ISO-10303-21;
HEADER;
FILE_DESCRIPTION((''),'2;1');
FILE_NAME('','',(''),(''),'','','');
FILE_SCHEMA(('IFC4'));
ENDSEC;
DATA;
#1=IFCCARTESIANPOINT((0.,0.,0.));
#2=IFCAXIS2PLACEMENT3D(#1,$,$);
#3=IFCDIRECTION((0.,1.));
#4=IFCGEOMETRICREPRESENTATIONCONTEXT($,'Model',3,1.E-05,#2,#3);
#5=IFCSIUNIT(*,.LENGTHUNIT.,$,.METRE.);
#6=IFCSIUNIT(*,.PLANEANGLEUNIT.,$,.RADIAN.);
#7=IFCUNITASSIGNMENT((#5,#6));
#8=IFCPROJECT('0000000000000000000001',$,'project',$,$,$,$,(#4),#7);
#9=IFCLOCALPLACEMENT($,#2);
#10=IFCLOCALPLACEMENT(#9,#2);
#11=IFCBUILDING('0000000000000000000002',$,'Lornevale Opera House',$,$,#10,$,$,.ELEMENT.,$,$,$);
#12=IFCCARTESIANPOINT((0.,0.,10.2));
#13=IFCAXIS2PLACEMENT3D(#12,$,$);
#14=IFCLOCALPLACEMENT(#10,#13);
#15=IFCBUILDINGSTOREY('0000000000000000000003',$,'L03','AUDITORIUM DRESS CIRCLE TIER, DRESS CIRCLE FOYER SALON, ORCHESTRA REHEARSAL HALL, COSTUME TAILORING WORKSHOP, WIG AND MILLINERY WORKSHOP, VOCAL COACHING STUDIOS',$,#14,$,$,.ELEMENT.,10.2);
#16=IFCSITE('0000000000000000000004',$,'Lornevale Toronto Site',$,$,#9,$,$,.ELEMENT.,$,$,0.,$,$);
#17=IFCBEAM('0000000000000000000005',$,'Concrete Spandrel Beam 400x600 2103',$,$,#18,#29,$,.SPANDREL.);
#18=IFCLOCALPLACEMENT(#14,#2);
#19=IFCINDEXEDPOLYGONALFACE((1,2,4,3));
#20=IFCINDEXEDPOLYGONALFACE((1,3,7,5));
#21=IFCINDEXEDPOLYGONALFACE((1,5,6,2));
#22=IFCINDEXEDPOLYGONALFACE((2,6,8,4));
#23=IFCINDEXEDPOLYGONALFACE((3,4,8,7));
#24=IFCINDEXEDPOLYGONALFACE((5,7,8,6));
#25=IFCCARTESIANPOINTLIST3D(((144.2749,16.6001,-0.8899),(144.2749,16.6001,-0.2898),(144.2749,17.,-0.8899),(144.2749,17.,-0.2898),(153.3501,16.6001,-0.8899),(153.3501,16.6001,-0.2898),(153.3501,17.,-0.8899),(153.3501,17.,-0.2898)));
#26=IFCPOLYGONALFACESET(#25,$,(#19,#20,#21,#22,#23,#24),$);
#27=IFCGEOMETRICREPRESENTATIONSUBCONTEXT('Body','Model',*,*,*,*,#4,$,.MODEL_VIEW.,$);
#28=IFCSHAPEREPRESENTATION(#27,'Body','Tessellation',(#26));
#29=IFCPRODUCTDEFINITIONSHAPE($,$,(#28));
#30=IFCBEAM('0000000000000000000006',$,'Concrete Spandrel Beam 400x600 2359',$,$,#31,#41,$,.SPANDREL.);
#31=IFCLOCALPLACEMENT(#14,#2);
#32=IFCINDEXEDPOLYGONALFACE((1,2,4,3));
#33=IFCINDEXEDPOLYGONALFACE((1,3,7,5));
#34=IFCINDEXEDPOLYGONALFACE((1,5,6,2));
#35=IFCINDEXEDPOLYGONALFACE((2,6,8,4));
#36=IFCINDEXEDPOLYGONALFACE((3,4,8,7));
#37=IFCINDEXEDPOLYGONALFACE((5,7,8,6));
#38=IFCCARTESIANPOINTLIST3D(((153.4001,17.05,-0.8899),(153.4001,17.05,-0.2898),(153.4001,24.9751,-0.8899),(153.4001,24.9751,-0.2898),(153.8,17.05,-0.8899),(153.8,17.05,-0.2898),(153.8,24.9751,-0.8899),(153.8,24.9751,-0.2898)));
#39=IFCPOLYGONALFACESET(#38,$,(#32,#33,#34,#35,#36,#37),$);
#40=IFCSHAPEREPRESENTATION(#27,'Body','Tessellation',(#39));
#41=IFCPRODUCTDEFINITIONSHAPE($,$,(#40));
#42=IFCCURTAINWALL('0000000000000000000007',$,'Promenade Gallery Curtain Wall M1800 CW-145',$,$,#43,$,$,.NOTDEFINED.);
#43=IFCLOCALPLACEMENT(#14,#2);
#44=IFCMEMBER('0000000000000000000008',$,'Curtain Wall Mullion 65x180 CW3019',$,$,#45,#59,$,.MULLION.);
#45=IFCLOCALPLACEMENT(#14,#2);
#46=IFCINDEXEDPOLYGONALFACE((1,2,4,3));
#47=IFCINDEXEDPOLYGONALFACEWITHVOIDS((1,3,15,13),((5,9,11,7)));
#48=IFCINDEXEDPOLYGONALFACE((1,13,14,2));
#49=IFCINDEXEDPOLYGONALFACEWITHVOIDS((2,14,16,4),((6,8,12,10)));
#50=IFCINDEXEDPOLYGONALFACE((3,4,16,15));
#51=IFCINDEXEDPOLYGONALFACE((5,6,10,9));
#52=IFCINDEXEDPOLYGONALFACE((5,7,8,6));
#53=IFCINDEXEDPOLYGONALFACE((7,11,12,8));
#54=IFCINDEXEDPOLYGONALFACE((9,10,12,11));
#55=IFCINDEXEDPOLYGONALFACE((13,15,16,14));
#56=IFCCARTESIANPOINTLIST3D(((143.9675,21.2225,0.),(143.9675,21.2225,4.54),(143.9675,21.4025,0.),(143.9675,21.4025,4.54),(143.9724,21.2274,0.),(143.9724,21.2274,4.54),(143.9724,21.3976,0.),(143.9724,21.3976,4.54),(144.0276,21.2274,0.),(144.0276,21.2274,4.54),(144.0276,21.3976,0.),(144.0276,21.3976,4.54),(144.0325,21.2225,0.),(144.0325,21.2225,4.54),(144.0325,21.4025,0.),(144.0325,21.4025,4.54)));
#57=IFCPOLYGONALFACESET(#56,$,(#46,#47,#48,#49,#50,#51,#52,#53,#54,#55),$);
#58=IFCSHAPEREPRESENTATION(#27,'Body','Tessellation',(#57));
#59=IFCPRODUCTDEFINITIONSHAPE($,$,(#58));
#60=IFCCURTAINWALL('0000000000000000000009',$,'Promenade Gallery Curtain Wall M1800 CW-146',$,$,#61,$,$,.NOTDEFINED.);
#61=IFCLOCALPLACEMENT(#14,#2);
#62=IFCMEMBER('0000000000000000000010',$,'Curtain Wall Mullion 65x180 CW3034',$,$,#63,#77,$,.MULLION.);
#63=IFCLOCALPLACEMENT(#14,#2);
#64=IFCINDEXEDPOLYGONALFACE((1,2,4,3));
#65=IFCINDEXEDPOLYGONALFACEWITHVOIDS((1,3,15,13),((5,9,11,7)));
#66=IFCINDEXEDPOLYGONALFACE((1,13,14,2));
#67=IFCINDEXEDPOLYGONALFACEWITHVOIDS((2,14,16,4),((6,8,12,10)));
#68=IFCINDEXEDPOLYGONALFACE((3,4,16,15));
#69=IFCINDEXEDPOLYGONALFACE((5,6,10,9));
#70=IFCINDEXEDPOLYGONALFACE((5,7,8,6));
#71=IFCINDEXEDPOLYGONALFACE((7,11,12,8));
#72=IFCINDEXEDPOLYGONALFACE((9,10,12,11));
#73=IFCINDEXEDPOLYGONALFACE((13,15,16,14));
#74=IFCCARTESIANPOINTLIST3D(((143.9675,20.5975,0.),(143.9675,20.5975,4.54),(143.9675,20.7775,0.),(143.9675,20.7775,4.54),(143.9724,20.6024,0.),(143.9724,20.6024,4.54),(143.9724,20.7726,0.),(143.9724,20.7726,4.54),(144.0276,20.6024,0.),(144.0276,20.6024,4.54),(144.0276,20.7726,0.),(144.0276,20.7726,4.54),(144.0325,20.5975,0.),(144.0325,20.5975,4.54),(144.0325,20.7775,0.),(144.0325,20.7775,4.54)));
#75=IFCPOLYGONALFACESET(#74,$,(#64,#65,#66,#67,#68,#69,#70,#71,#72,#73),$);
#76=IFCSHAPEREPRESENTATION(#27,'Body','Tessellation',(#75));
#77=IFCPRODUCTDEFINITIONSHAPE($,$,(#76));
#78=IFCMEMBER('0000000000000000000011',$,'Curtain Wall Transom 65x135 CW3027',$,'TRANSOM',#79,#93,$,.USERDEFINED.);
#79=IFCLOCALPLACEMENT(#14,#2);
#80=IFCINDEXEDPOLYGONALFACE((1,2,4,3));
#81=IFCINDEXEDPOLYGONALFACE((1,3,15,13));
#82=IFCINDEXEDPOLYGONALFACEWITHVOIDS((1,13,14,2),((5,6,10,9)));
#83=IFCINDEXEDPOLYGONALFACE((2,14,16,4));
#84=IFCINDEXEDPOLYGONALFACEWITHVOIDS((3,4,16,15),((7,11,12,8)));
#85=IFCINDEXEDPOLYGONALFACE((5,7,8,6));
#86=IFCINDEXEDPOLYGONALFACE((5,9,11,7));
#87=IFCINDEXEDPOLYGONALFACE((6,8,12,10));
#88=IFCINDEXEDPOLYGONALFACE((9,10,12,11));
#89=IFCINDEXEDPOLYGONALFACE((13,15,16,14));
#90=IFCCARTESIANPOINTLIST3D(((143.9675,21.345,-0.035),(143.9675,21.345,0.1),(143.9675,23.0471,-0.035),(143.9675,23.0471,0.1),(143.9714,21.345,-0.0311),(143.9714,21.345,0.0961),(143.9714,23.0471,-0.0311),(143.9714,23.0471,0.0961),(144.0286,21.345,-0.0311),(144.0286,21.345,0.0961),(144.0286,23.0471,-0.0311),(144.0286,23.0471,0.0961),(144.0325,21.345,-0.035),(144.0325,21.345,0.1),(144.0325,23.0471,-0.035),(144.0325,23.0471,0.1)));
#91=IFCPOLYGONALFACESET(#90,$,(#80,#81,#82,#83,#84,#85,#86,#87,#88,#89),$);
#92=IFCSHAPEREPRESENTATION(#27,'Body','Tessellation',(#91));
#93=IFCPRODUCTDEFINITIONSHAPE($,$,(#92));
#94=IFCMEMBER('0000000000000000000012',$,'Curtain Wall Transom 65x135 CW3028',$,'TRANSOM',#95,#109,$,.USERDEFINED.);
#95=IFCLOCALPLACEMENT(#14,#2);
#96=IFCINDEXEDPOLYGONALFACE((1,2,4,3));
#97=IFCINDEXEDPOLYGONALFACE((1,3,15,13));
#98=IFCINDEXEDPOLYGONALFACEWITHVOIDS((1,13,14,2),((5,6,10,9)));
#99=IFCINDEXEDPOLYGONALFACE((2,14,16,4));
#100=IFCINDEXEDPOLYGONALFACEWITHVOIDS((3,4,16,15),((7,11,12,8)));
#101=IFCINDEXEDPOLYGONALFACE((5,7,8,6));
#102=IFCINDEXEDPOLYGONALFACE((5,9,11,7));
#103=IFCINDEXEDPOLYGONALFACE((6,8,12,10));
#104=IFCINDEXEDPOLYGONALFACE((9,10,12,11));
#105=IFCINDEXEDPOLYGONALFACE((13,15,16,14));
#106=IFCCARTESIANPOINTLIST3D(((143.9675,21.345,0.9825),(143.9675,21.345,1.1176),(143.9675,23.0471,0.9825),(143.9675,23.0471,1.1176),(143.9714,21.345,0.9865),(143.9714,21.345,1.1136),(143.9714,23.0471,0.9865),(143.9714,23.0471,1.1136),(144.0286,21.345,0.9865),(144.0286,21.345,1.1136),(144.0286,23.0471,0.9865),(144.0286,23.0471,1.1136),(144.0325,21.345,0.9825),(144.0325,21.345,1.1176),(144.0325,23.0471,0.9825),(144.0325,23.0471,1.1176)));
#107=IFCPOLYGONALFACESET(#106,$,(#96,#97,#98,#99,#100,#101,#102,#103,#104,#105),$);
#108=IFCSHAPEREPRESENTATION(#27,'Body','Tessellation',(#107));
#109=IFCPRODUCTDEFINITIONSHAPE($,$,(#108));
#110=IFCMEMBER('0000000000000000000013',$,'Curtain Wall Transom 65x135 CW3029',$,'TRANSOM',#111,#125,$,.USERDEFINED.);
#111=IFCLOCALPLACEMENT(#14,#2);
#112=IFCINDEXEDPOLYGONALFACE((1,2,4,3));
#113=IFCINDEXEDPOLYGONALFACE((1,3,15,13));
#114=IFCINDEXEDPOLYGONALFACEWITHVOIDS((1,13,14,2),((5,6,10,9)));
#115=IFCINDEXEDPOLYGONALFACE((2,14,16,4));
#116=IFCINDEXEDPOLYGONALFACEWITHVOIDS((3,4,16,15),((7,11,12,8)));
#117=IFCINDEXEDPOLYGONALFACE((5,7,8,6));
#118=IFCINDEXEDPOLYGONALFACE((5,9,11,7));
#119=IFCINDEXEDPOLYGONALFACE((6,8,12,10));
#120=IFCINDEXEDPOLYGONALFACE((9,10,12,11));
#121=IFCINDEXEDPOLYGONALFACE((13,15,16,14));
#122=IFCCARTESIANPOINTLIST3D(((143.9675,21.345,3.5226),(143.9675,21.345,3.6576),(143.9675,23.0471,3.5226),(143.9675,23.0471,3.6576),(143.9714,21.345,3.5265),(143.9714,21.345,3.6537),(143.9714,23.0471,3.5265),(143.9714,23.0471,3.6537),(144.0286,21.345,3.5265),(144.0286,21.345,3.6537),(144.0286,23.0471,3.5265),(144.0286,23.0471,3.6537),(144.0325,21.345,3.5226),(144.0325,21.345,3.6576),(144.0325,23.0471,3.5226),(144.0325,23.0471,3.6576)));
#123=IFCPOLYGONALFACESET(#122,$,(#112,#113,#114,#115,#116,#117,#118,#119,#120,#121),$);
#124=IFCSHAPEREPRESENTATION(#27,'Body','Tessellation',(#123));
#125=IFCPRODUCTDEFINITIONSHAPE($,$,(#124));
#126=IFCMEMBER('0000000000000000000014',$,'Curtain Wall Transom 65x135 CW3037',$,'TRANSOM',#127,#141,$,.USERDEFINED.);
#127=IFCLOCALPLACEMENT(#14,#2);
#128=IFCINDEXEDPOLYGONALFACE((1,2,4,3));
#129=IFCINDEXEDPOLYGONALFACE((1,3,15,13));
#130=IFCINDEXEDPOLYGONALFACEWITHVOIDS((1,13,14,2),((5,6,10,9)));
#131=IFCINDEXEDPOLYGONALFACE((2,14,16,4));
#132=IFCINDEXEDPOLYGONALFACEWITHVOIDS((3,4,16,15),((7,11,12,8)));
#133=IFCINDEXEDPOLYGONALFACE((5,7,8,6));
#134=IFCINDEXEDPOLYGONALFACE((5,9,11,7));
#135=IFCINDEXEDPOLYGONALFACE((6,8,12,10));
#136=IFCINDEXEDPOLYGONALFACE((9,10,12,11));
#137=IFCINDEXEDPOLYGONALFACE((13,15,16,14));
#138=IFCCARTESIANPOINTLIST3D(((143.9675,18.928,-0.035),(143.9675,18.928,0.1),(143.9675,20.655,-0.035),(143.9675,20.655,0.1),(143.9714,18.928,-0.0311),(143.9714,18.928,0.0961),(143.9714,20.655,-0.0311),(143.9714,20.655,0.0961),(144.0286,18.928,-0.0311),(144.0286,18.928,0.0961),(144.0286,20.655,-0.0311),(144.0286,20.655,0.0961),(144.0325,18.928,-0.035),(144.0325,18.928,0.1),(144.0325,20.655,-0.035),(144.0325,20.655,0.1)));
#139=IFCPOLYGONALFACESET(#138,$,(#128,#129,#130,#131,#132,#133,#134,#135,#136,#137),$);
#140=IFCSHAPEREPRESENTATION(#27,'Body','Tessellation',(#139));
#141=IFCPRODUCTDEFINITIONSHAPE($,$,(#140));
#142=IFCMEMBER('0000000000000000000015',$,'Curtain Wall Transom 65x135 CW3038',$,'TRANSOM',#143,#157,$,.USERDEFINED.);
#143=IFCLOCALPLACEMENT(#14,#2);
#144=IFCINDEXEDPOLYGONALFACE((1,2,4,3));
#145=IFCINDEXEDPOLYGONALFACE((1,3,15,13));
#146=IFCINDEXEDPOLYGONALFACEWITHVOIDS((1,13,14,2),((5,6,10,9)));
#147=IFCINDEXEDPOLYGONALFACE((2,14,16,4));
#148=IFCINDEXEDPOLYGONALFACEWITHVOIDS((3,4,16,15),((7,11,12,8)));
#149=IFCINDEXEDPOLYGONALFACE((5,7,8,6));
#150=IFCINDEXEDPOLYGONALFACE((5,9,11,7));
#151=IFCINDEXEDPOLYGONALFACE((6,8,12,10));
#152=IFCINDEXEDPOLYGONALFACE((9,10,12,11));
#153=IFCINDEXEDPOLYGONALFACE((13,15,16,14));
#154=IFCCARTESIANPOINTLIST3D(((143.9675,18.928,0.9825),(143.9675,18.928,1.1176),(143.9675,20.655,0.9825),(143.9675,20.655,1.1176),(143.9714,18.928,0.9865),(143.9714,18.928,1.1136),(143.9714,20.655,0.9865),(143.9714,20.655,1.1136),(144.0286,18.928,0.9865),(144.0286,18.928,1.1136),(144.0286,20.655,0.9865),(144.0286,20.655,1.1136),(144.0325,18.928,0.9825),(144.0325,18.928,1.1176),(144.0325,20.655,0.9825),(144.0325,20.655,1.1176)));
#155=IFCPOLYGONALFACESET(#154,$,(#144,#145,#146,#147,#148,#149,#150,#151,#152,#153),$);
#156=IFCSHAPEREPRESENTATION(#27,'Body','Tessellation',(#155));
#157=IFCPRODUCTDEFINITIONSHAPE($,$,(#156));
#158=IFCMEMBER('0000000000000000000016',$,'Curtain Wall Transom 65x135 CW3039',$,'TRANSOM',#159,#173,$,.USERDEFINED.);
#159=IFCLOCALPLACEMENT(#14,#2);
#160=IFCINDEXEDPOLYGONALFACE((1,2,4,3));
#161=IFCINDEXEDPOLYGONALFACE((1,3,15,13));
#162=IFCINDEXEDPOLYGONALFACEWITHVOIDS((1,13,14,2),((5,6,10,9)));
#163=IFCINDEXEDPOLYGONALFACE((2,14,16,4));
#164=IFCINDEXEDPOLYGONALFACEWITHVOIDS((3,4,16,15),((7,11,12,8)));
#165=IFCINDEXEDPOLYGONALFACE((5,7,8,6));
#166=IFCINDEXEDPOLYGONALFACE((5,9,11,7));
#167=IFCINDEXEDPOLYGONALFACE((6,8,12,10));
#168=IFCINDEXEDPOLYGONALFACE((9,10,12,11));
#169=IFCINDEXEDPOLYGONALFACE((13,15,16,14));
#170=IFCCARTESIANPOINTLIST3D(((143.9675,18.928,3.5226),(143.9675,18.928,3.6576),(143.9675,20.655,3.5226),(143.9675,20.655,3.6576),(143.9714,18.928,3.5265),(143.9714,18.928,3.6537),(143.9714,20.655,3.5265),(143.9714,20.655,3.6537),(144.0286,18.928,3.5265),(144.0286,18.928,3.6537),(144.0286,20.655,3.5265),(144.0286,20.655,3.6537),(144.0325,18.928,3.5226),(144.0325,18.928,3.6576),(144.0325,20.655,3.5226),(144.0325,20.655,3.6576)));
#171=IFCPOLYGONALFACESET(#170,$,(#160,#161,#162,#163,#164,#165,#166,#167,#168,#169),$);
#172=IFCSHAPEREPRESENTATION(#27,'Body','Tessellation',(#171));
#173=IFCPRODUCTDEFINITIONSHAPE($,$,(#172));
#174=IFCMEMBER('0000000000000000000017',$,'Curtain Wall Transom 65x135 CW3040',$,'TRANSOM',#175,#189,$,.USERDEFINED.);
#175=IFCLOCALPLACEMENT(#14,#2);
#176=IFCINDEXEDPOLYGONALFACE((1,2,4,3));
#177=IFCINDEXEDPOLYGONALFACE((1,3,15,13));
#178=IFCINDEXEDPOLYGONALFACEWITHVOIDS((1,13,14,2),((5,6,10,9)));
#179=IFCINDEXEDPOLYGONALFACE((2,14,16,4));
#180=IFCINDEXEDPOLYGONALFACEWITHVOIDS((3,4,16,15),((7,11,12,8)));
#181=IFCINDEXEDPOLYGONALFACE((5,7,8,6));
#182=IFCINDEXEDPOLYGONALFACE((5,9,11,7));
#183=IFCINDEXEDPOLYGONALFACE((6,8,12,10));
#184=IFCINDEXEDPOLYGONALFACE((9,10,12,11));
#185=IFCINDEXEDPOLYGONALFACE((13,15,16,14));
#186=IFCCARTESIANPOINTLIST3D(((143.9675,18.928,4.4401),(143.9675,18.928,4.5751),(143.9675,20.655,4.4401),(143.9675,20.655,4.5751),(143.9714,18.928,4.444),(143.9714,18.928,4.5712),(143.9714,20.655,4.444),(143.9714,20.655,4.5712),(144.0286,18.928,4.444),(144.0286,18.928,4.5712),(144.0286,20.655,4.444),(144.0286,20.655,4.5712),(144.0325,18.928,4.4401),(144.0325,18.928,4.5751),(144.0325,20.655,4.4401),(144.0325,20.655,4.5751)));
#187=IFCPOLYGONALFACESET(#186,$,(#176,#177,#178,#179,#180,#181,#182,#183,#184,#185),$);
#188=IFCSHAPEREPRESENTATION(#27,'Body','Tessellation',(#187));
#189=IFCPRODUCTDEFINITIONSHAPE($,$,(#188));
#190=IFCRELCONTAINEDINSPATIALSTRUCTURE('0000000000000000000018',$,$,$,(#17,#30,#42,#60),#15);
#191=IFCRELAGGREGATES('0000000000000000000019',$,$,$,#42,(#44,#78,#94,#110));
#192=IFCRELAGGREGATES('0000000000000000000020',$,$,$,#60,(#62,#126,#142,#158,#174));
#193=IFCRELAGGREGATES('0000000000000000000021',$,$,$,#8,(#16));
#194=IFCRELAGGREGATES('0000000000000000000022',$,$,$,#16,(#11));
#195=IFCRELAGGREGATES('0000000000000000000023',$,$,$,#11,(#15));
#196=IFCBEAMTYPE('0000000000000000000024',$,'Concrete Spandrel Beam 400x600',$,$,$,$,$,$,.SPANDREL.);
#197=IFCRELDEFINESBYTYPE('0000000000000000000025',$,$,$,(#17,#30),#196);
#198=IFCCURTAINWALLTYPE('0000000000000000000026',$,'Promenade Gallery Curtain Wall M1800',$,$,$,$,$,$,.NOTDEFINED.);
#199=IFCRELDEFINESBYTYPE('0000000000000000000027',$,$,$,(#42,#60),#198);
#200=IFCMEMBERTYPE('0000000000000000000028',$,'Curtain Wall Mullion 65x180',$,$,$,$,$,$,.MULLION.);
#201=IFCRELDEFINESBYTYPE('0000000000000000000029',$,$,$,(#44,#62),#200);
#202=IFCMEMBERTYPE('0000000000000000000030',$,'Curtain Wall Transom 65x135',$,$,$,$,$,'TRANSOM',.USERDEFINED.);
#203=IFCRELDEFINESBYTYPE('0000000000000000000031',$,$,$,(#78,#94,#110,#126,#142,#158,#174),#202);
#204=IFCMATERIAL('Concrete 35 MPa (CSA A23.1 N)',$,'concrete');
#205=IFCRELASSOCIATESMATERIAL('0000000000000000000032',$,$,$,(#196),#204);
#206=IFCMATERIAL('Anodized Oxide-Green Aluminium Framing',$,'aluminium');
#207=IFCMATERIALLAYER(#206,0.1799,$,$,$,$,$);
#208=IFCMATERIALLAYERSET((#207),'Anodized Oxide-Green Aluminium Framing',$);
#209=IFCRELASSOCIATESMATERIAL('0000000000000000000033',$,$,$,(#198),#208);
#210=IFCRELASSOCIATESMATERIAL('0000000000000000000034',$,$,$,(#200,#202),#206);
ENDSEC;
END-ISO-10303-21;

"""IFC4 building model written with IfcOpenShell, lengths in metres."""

from ifc_helpers import new_model, si_unit, direction, frame, origin, origin_2d, place, context, subcontext, project, spatial, rectangle, hollow_rectangle, extrude, material, layer, layer_set, material_profile, profile_set, type_object, element, aggregate, save


model = new_model("IFC4")

# Units and contexts
model_context = context("Model", 3, precision=1e-05, world=origin(), true_north=direction((0.0, 1.0)))
body_context = subcontext(model_context, "Body", "Model", "MODEL_VIEW")
ifc_project = project(units=[si_unit("LENGTHUNIT", "METRE"), si_unit("PLANEANGLEUNIT", "RADIAN")], contexts=[model_context])

# Site, building, storey
site_placement = place(None, origin())
site = spatial("IfcSite", under=ifc_project, at=site_placement, Name="Lornevale Toronto Site", CompositionType="ELEMENT", RefElevation=0.0)
building_placement = place(site_placement, origin())
building = spatial("IfcBuilding", under=site, at=building_placement, Name="Lornevale Opera House", CompositionType="ELEMENT")
storey_placement = place(building_placement, frame((0.0, 0.0, 10.2)))
storey = spatial("IfcBuildingStorey", under=building, at=storey_placement, Name="L03", Description="AUDITORIUM DRESS CIRCLE TIER, DRESS CIRCLE FOYER SALON, ORCHESTRA REHEARSAL HALL, COSTUME TAILORING WORKSHOP, WIG AND MILLINERY WORKSHOP, VOCAL COACHING STUDIOS", CompositionType="ELEMENT", Elevation=10.2)

# Beams
ifc_material_1 = material(Name="Concrete 35 MPa (CSA A23.1 N)", Category="concrete")
ifc_material_profile_1 = material_profile(ifc_material_1, rectangle(XDim=0.3999, YDim=0.6001, at=origin_2d()), Name="RC400x600")
ifc_profile_set_1 = profile_set([ifc_material_profile_1], Name="Concrete 35 MPa (CSA A23.1 N)")
beam_type_1 = type_object("IfcBeamType", Name="Concrete Spandrel Beam 400x600", PredefinedType="SPANDREL", material=ifc_profile_set_1)
beam_1_placement = place(storey_placement, frame((144.2749, 16.8, -0.5898), z_axis=(1.0, 0.0, 0.0), x_axis=(0.0, 1.0, 0.0)))
element("IfcBeam", 1, at=beam_1_placement, inside=storey, type_object=beam_type_1, Name="Concrete Spandrel Beam 400x600 2103", PredefinedType="SPANDREL", context=body_context, shape_type="SweptSolid", body=[
    extrude(rectangle(XDim=0.3999, YDim=0.6001, at=origin_2d()), origin(), (0.0, 0.0, 1.0), 9.0752),
])
beam_2_placement = place(storey_placement, frame((153.6001, 17.05, -0.5898), z_axis=(0.0, 1.0, 0.0), x_axis=(-1.0, 0.0, 0.0)))
element("IfcBeam", 2, at=beam_2_placement, inside=storey, type_object=beam_type_1, Name="Concrete Spandrel Beam 400x600 2359", PredefinedType="SPANDREL", context=body_context, shape_type="SweptSolid", body=[
    extrude(rectangle(XDim=0.3999, YDim=0.6001, at=origin_2d()), origin(), (0.0, 0.0, 1.0), 7.925),
])

# Curtain walls, members
ifc_material_2 = material(Name="Anodized Oxide-Green Aluminium Framing", Category="aluminium")
ifc_layer_1 = layer(ifc_material_2, 0.1799)
ifc_layer_set_1 = layer_set([ifc_layer_1], Name="Anodized Oxide-Green Aluminium Framing")
curtain_wall_type = type_object("IfcCurtainWallType", Name="Promenade Gallery Curtain Wall M1800", PredefinedType="NOTDEFINED", material=ifc_layer_set_1)
curtain_wall_1_placement = place(storey_placement, origin())
curtain_wall_1 = element("IfcCurtainWall", 3, at=curtain_wall_1_placement, inside=storey, type_object=curtain_wall_type, Name="Promenade Gallery Curtain Wall M1800 CW-145", PredefinedType="NOTDEFINED")
ifc_material_profile_2 = material_profile(ifc_material_2, hollow_rectangle(XDim=0.0649, YDim=0.1799, WallThickness=0.0049, at=origin_2d()), Name="ALU65x180x5")
ifc_profile_set_2 = profile_set([ifc_material_profile_2], Name="Anodized Oxide-Green Aluminium Framing")
member_type_1 = type_object("IfcMemberType", Name="Curtain Wall Mullion 65x180", PredefinedType="MULLION", material=ifc_profile_set_2)
member_1_placement = place(storey_placement, frame((144.0, 21.3125, 0.0), z_axis=(0.0, 0.0, 1.0), x_axis=(1.0, 0.0, 0.0)))
member_1 = element("IfcMember", 4, at=member_1_placement, type_object=member_type_1, Name="Curtain Wall Mullion 65x180 CW3019", PredefinedType="MULLION", context=body_context, shape_type="SweptSolid", body=[
    extrude(hollow_rectangle(XDim=0.0649, YDim=0.1799, WallThickness=0.0049, at=origin_2d()), origin(), (0.0, 0.0, 1.0), 4.54),
])
curtain_wall_2_placement = place(storey_placement, origin())
curtain_wall_2 = element("IfcCurtainWall", 5, at=curtain_wall_2_placement, inside=storey, type_object=curtain_wall_type, Name="Promenade Gallery Curtain Wall M1800 CW-146", PredefinedType="NOTDEFINED")
member_2_placement = place(storey_placement, frame((144.0, 20.6875, 0.0), z_axis=(0.0, 0.0, 1.0), x_axis=(1.0, 0.0, 0.0)))
member_2 = element("IfcMember", 6, at=member_2_placement, type_object=member_type_1, Name="Curtain Wall Mullion 65x180 CW3034", PredefinedType="MULLION", context=body_context, shape_type="SweptSolid", body=[
    extrude(hollow_rectangle(XDim=0.0649, YDim=0.1799, WallThickness=0.0049, at=origin_2d()), origin(), (0.0, 0.0, 1.0), 4.54),
])

# Members
ifc_material_profile_3 = material_profile(ifc_material_2, hollow_rectangle(XDim=0.0649, YDim=0.135, WallThickness=0.0039, at=origin_2d()), Name="ALU65x135x4")
ifc_profile_set_3 = profile_set([ifc_material_profile_3], Name="Anodized Oxide-Green Aluminium Framing")
member_type_2 = type_object("IfcMemberType", Name="Curtain Wall Transom 65x135", ElementType="TRANSOM", PredefinedType="USERDEFINED", material=ifc_profile_set_3)
member_3_placement = place(storey_placement, frame((144.0, 23.0471, 0.0325), z_axis=(0.0, -1.0, 0.0), x_axis=(1.0, 0.0, 0.0)))
member_3 = element("IfcMember", 7, at=member_3_placement, type_object=member_type_2, Name="Curtain Wall Transom 65x135 CW3027", ObjectType="TRANSOM", PredefinedType="USERDEFINED", context=body_context, shape_type="SweptSolid", body=[
    extrude(hollow_rectangle(XDim=0.0649, YDim=0.135, WallThickness=0.0039, at=origin_2d()), origin(), (0.0, 0.0, 1.0), 1.7021),
])
member_4_placement = place(storey_placement, frame((144.0, 23.0471, 1.05), z_axis=(0.0, -1.0, 0.0), x_axis=(1.0, 0.0, 0.0)))
member_4 = element("IfcMember", 8, at=member_4_placement, type_object=member_type_2, Name="Curtain Wall Transom 65x135 CW3028", ObjectType="TRANSOM", PredefinedType="USERDEFINED", context=body_context, shape_type="SweptSolid", body=[
    extrude(hollow_rectangle(XDim=0.0649, YDim=0.135, WallThickness=0.0039, at=origin_2d()), origin(), (0.0, 0.0, 1.0), 1.7021),
])
member_5_placement = place(storey_placement, frame((144.0, 23.0471, 3.5901), z_axis=(0.0, -1.0, 0.0), x_axis=(1.0, 0.0, 0.0)))
member_5 = element("IfcMember", 9, at=member_5_placement, type_object=member_type_2, Name="Curtain Wall Transom 65x135 CW3029", ObjectType="TRANSOM", PredefinedType="USERDEFINED", context=body_context, shape_type="SweptSolid", body=[
    extrude(hollow_rectangle(XDim=0.0649, YDim=0.135, WallThickness=0.0039, at=origin_2d()), origin(), (0.0, 0.0, 1.0), 1.7021),
])
member_6_placement = place(storey_placement, frame((144.0, 20.655, 0.0325), z_axis=(0.0, -1.0, 0.0), x_axis=(1.0, 0.0, 0.0)))
member_6 = element("IfcMember", 10, at=member_6_placement, type_object=member_type_2, Name="Curtain Wall Transom 65x135 CW3037", ObjectType="TRANSOM", PredefinedType="USERDEFINED", context=body_context, shape_type="SweptSolid", body=[
    extrude(hollow_rectangle(XDim=0.0649, YDim=0.135, WallThickness=0.0039, at=origin_2d()), origin(), (0.0, 0.0, 1.0), 1.7271),
])
member_7_placement = place(storey_placement, frame((144.0, 20.655, 1.05), z_axis=(0.0, -1.0, 0.0), x_axis=(1.0, 0.0, 0.0)))
member_7 = element("IfcMember", 11, at=member_7_placement, type_object=member_type_2, Name="Curtain Wall Transom 65x135 CW3038", ObjectType="TRANSOM", PredefinedType="USERDEFINED", context=body_context, shape_type="SweptSolid", body=[
    extrude(hollow_rectangle(XDim=0.0649, YDim=0.135, WallThickness=0.0039, at=origin_2d()), origin(), (0.0, 0.0, 1.0), 1.7271),
])
member_8_placement = place(storey_placement, frame((144.0, 20.655, 3.5901), z_axis=(0.0, -1.0, 0.0), x_axis=(1.0, 0.0, 0.0)))
member_8 = element("IfcMember", 12, at=member_8_placement, type_object=member_type_2, Name="Curtain Wall Transom 65x135 CW3039", ObjectType="TRANSOM", PredefinedType="USERDEFINED", context=body_context, shape_type="SweptSolid", body=[
    extrude(hollow_rectangle(XDim=0.0649, YDim=0.135, WallThickness=0.0039, at=origin_2d()), origin(), (0.0, 0.0, 1.0), 1.7271),
])
member_9_placement = place(storey_placement, frame((144.0, 20.655, 4.5076), z_axis=(0.0, -1.0, 0.0), x_axis=(1.0, 0.0, 0.0)))
member_9 = element("IfcMember", 13, at=member_9_placement, type_object=member_type_2, Name="Curtain Wall Transom 65x135 CW3040", ObjectType="TRANSOM", PredefinedType="USERDEFINED", context=body_context, shape_type="SweptSolid", body=[
    extrude(hollow_rectangle(XDim=0.0649, YDim=0.135, WallThickness=0.0039, at=origin_2d()), origin(), (0.0, 0.0, 1.0), 1.7271),
])

aggregate(curtain_wall_1, [member_1, member_3, member_4, member_5])
aggregate(curtain_wall_2, [member_2, member_6, member_7, member_8, member_9])

save(model, "model.ifc")
